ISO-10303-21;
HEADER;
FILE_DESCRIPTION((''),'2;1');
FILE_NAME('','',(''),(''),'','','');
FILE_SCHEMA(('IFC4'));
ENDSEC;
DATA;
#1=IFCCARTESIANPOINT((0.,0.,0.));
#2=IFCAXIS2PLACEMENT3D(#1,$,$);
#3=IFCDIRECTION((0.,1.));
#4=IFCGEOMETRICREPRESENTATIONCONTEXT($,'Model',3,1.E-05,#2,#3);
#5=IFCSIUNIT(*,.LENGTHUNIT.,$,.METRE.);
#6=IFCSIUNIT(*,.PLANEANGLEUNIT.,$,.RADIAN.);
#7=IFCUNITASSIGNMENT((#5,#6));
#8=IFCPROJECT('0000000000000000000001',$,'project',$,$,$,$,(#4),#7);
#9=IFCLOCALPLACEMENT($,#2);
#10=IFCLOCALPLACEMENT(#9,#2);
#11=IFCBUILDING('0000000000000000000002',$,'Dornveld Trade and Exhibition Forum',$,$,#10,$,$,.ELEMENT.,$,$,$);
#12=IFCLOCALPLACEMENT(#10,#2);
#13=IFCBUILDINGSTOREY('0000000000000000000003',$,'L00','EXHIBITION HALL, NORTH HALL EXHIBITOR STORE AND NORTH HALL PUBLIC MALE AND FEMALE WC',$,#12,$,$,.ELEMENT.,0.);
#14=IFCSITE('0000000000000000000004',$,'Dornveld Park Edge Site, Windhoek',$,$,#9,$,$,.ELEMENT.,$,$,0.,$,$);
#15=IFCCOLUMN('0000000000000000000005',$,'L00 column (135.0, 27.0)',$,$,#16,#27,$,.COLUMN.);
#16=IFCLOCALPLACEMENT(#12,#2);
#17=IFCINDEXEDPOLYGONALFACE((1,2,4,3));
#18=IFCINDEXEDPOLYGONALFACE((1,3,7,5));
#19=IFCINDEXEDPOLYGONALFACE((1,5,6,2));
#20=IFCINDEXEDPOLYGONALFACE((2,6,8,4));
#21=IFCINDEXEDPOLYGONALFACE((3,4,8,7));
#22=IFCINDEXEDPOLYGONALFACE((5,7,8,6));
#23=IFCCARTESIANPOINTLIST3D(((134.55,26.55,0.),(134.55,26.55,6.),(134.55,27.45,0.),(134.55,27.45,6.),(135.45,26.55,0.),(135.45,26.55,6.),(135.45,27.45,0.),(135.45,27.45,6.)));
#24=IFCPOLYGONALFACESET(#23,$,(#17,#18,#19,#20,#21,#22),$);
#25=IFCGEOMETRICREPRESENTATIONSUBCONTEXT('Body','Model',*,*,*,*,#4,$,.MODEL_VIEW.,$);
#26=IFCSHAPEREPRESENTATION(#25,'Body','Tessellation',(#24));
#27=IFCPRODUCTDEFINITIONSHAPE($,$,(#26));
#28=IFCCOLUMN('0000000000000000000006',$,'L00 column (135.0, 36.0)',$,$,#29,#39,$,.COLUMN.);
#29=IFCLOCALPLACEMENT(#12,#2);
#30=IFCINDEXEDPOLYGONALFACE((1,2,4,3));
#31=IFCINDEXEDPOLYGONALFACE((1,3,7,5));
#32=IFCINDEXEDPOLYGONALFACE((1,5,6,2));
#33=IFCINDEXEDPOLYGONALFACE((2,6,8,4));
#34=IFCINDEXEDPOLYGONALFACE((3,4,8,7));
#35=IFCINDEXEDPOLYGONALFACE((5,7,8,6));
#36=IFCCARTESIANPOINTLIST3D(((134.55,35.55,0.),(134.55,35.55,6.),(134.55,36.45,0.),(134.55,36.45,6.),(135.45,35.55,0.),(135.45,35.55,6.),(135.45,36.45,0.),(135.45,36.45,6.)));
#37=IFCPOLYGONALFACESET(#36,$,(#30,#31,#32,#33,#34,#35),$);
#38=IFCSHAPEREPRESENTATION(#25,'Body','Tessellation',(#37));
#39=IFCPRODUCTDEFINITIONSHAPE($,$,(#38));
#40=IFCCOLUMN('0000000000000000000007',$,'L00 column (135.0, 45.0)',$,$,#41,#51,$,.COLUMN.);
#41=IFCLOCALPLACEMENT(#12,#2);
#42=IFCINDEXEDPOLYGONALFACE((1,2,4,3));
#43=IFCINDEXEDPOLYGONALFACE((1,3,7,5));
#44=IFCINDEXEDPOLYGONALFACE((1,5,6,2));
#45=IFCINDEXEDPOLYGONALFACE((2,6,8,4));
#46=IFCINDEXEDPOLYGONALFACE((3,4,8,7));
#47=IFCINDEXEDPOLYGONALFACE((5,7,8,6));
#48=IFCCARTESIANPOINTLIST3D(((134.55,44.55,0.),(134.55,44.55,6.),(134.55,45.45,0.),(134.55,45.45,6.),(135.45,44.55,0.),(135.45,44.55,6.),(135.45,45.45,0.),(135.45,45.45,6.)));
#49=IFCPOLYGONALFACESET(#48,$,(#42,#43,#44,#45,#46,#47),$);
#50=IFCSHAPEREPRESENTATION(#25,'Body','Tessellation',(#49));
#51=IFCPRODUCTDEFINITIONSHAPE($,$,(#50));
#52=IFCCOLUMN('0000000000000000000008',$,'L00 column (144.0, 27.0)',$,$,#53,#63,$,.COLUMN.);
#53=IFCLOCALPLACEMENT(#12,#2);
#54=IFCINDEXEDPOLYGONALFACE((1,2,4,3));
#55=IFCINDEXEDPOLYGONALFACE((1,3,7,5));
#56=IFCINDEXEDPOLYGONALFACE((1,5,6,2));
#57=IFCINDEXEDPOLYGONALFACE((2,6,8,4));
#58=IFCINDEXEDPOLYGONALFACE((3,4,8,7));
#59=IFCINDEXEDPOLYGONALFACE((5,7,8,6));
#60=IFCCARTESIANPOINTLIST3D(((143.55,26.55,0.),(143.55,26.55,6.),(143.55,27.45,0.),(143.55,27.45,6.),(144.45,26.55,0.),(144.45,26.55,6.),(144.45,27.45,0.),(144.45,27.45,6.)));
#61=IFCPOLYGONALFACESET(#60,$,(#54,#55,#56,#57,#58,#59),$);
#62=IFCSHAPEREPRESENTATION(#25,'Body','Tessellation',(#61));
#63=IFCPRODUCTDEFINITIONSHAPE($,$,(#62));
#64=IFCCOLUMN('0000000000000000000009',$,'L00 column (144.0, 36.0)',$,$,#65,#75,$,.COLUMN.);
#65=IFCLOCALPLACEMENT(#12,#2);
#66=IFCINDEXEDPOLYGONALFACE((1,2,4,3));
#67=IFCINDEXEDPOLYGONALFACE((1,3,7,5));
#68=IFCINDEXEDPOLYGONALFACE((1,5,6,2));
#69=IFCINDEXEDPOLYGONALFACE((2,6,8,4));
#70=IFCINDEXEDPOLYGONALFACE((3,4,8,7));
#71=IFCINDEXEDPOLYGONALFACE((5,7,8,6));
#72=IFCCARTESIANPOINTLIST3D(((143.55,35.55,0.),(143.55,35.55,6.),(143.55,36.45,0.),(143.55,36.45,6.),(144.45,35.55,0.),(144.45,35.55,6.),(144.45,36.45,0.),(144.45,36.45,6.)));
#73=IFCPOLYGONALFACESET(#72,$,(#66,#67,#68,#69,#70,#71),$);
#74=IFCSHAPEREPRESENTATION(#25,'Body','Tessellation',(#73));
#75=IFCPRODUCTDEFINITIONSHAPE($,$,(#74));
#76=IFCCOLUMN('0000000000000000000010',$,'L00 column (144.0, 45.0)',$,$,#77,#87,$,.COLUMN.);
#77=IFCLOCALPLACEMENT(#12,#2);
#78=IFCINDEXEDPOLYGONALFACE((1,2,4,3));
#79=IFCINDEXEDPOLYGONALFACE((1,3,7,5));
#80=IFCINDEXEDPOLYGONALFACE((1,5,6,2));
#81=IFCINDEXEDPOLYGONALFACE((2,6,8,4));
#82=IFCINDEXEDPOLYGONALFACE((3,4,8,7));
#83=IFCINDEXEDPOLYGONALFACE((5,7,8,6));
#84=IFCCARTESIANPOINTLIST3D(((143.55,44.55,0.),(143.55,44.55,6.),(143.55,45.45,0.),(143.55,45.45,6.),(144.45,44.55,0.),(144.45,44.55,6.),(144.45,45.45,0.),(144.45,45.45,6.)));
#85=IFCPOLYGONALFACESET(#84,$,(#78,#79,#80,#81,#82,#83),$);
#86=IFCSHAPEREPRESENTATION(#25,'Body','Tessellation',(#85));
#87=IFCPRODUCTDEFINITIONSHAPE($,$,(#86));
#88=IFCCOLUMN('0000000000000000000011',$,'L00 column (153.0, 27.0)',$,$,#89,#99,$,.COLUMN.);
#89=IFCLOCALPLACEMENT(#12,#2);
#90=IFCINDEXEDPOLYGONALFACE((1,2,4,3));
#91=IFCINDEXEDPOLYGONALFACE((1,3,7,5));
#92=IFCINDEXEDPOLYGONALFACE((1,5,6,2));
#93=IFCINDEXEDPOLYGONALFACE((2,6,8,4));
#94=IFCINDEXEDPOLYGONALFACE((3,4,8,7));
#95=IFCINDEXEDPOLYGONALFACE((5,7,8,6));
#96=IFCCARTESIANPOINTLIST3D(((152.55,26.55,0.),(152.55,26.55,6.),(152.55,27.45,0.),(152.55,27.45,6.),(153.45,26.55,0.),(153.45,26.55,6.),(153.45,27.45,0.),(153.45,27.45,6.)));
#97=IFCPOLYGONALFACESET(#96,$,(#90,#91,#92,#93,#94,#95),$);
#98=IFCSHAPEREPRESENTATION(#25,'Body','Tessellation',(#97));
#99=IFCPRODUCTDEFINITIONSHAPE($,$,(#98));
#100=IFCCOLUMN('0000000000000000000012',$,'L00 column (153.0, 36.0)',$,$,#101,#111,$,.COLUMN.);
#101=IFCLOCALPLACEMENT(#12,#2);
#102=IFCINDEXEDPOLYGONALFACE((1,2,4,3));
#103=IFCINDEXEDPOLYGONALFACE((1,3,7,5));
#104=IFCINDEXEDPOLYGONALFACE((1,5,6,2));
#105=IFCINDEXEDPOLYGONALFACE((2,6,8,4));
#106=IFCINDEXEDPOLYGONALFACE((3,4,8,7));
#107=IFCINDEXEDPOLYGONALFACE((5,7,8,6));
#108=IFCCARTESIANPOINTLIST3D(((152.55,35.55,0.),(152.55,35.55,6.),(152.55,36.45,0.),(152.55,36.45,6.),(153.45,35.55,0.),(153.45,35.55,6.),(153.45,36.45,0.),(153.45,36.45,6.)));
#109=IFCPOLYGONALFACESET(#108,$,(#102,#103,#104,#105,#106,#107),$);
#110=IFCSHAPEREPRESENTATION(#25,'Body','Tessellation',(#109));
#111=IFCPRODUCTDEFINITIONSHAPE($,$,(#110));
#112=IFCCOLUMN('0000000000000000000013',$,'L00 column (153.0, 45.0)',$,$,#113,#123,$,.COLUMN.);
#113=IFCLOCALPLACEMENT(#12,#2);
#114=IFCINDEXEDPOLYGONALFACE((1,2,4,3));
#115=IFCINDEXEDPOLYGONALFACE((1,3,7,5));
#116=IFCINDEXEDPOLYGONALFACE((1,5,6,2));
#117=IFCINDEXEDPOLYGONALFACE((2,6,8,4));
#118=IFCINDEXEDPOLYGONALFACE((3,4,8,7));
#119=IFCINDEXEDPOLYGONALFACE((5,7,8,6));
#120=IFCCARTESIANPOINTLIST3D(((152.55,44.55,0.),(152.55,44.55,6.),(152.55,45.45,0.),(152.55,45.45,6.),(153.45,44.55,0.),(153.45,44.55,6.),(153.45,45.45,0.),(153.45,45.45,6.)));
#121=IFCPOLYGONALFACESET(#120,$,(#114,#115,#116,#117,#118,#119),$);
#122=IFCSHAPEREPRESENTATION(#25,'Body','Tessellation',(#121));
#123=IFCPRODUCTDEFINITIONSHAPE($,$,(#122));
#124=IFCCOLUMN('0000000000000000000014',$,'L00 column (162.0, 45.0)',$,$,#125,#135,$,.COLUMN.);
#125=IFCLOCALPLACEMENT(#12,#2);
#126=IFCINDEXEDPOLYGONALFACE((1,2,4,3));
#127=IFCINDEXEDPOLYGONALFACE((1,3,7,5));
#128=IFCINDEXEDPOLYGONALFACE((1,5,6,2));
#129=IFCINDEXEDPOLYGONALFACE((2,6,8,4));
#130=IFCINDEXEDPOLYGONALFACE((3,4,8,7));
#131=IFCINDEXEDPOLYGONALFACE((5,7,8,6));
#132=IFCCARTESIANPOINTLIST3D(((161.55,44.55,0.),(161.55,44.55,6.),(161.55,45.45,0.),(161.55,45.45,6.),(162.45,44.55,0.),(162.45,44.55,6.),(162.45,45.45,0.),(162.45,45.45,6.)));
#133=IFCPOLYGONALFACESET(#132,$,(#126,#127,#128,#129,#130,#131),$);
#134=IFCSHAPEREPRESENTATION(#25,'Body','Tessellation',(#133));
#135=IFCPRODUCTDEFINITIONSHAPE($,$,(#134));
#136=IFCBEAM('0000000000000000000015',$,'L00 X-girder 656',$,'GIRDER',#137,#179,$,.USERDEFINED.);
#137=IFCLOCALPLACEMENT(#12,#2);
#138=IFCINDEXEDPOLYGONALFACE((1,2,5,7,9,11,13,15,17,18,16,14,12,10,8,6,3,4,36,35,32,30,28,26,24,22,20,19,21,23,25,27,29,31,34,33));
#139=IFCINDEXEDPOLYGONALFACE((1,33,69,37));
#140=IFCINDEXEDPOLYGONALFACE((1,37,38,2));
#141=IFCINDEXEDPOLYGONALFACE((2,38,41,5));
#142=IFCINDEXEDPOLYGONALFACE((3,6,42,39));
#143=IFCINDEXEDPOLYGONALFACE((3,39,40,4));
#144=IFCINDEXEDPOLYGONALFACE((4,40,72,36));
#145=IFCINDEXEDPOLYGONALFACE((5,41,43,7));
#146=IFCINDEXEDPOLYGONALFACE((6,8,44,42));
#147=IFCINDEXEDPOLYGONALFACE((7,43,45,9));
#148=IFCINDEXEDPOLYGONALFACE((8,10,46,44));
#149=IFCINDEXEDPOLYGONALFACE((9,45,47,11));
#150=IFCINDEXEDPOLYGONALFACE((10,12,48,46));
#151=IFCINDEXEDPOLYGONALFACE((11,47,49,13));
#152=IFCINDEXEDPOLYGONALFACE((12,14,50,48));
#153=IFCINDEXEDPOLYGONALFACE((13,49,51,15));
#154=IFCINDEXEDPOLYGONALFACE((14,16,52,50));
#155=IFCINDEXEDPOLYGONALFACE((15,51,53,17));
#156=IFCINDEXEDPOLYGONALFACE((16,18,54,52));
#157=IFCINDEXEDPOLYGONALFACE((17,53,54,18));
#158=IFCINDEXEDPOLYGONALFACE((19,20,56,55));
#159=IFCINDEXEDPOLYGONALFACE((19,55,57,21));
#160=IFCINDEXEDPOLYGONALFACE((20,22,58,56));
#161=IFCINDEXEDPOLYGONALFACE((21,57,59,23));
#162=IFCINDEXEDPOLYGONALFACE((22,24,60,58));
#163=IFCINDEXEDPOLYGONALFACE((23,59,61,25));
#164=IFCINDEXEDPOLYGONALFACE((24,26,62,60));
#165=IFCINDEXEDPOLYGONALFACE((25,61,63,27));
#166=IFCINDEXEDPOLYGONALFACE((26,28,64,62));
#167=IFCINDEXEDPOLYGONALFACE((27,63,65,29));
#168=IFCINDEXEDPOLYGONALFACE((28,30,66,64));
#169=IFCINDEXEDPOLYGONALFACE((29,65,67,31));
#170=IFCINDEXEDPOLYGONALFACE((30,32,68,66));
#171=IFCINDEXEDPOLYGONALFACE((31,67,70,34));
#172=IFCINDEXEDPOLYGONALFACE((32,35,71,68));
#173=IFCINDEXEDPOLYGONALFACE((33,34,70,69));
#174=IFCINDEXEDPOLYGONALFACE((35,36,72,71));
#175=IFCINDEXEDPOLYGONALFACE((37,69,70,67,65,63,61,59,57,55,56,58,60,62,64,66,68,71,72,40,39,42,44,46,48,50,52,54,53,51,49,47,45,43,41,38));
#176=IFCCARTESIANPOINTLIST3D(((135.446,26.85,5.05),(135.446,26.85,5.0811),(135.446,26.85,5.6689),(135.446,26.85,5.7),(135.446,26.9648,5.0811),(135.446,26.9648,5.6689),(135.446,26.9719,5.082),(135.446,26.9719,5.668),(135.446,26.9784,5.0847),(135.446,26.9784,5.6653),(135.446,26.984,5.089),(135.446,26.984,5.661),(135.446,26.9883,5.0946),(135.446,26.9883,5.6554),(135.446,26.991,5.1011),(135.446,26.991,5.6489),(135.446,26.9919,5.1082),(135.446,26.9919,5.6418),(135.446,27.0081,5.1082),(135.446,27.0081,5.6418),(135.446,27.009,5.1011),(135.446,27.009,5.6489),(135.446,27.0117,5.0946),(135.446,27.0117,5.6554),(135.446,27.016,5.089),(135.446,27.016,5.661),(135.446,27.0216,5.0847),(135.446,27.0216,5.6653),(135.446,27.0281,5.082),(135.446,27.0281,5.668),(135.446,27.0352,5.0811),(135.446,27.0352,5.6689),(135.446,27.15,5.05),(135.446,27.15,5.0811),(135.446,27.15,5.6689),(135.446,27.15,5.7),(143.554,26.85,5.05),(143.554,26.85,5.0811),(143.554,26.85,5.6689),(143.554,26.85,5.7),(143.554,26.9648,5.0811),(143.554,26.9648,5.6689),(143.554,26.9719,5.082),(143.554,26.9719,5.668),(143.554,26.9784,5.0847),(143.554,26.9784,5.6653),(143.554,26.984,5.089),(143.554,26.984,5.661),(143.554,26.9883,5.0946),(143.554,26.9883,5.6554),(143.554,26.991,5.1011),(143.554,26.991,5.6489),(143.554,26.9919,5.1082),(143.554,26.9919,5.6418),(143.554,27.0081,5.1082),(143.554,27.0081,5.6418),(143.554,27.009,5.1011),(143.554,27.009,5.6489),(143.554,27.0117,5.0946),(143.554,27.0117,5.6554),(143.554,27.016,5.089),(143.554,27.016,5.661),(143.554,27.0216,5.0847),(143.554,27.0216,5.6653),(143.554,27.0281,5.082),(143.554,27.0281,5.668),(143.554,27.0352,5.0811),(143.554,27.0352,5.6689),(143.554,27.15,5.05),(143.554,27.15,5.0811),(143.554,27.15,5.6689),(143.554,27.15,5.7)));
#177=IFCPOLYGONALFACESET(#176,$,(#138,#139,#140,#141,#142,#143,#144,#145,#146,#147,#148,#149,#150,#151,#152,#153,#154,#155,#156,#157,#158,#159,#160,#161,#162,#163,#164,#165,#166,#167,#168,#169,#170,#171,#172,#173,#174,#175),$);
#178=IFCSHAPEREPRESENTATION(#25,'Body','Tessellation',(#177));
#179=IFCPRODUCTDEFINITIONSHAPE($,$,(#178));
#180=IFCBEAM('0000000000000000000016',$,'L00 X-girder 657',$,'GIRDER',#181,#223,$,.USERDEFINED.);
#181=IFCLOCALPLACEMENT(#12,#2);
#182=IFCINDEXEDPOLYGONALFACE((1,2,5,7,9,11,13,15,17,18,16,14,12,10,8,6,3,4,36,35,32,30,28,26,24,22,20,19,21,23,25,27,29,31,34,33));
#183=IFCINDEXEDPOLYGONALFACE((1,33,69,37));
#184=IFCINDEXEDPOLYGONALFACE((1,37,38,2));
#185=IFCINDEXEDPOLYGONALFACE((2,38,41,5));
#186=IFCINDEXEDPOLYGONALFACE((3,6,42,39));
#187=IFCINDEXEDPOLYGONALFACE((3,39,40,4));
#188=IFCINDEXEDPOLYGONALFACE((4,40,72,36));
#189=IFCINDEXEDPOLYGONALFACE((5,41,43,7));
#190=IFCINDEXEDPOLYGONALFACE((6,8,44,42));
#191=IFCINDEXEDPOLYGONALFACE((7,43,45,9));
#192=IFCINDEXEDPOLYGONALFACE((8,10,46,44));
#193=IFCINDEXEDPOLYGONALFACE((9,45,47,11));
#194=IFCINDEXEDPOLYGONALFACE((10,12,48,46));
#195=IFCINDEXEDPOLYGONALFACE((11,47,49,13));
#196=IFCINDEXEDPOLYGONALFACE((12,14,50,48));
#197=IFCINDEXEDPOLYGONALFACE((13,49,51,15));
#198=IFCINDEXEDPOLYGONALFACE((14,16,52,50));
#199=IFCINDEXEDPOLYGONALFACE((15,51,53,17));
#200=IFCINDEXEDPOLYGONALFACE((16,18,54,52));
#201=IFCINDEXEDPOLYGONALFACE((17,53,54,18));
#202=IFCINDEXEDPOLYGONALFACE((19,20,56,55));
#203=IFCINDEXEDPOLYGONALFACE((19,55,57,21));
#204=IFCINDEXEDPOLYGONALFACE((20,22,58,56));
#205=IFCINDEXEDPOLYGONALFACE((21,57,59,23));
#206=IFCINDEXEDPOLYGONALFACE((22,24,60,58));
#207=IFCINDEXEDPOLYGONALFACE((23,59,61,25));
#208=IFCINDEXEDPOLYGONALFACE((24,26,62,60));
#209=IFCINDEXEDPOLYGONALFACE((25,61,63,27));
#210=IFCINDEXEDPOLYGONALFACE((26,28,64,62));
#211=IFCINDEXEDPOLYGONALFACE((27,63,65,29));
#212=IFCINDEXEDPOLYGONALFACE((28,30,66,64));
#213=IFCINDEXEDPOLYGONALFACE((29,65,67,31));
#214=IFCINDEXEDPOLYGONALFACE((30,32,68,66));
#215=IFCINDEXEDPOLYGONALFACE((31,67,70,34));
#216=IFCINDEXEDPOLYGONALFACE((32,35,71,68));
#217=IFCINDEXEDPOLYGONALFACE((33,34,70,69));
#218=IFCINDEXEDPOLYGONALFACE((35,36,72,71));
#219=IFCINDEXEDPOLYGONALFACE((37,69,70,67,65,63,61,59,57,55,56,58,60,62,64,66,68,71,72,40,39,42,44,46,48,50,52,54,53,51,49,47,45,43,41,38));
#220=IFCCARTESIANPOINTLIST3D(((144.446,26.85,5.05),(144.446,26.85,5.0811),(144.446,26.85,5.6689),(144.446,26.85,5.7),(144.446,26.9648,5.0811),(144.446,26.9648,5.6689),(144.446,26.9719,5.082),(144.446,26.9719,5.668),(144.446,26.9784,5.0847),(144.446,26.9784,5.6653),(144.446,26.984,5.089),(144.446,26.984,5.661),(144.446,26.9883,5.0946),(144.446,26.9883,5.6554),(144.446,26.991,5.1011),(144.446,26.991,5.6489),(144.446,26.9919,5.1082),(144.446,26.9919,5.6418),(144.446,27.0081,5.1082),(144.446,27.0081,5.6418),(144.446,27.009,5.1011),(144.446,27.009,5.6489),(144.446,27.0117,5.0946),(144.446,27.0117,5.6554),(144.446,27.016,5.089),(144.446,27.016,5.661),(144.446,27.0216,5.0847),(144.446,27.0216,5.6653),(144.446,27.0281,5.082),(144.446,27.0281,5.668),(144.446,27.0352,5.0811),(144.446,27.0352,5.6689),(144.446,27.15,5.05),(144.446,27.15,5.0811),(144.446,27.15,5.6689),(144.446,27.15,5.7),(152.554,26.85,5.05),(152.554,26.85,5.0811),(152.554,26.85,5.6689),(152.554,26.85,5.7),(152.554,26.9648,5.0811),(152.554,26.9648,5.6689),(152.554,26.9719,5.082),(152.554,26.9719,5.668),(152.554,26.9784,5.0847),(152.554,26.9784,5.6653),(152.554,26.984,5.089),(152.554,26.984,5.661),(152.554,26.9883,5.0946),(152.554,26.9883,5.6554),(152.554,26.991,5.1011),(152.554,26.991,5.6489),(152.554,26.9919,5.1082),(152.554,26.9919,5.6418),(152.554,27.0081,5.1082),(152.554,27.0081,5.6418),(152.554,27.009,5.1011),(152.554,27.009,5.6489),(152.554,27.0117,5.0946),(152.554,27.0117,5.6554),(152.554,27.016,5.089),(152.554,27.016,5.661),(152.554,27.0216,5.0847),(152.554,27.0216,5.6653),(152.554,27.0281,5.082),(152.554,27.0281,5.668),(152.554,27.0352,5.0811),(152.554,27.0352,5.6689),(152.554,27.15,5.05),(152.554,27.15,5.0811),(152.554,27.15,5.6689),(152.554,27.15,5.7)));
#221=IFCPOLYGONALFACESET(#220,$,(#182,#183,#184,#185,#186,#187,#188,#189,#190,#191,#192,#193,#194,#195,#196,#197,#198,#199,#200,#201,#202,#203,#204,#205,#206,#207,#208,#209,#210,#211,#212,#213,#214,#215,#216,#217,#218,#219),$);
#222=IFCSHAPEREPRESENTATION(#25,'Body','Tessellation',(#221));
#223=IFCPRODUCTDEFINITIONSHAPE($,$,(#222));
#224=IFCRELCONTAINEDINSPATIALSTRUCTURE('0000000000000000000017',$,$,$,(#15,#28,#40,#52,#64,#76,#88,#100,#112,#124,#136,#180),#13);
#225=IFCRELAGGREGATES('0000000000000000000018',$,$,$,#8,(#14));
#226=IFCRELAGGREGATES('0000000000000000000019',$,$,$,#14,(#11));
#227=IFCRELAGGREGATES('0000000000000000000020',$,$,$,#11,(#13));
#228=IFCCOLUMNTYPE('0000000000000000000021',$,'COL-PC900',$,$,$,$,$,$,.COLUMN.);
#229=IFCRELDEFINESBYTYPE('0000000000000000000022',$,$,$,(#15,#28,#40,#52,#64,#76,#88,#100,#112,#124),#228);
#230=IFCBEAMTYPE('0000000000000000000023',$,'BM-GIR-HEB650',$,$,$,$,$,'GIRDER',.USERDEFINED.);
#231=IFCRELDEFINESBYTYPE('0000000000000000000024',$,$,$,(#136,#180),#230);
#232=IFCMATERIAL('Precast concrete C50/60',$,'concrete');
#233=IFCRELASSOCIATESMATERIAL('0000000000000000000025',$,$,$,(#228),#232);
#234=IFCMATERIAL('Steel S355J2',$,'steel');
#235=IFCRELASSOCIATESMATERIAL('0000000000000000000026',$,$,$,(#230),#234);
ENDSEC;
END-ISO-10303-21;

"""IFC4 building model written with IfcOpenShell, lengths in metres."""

from ifc_helpers import new_model, si_unit, direction, frame, origin, origin_2d, place, context, subcontext, project, spatial, rectangle, i_section, extrude, material, material_profile, profile_set, type_object, element, save


model = new_model("IFC4")

# Units and contexts
model_context = context("Model", 3, precision=1e-05, world=origin(), true_north=direction((0.0, 1.0)))
body_context = subcontext(model_context, "Body", "Model", "MODEL_VIEW")
ifc_project = project(units=[si_unit("LENGTHUNIT", "METRE"), si_unit("PLANEANGLEUNIT", "RADIAN")], contexts=[model_context])

# Site, building, storey
site_placement = place(None, origin())
site = spatial("IfcSite", under=ifc_project, at=site_placement, Name="Dornveld Park Edge Site, Windhoek", CompositionType="ELEMENT", RefElevation=0.0)
building_placement = place(site_placement, origin())
building = spatial("IfcBuilding", under=site, at=building_placement, Name="Dornveld Trade and Exhibition Forum", CompositionType="ELEMENT")
storey_placement = place(building_placement, origin())
storey = spatial("IfcBuildingStorey", under=building, at=storey_placement, Name="L00", Description="EXHIBITION HALL, NORTH HALL EXHIBITOR STORE AND NORTH HALL PUBLIC MALE AND FEMALE WC", CompositionType="ELEMENT", Elevation=0.0)

# Columns
ifc_material_1 = material(Name="Precast concrete C50/60", Category="concrete")
ifc_material_profile_1 = material_profile(ifc_material_1, rectangle(XDim=0.8999, YDim=0.8999, at=origin_2d()), Name="PC-COL 900x900")
ifc_profile_set_1 = profile_set([ifc_material_profile_1], Name="Precast concrete C50/60")
column_type = type_object("IfcColumnType", Name="COL-PC900", PredefinedType="COLUMN", material=ifc_profile_set_1)
for number, where, z_axis, x_axis, name in (
    (1, (135.0, 27.0, 0.0), (0.0, 0.0, 1.0), (1.0, 0.0, 0.0), "L00 column (135.0, 27.0)"),
    (2, (135.0, 36.0, 0.0), (0.0, 0.0, 1.0), (1.0, 0.0, 0.0), "L00 column (135.0, 36.0)"),
    (3, (135.0, 45.0, 0.0), (0.0, 0.0, 1.0), (1.0, 0.0, 0.0), "L00 column (135.0, 45.0)"),
    (4, (144.0, 27.0, 0.0), (0.0, 0.0, 1.0), (1.0, 0.0, 0.0), "L00 column (144.0, 27.0)"),
    (5, (144.0, 36.0, 0.0), (0.0, 0.0, 1.0), (1.0, 0.0, 0.0), "L00 column (144.0, 36.0)"),
    (6, (144.0, 45.0, 0.0), (0.0, 0.0, 1.0), (1.0, 0.0, 0.0), "L00 column (144.0, 45.0)"),
    (7, (153.0, 27.0, 0.0), (0.0, 0.0, 1.0), (1.0, 0.0, 0.0), "L00 column (153.0, 27.0)"),
    (8, (153.0, 36.0, 0.0), (0.0, 0.0, 1.0), (1.0, 0.0, 0.0), "L00 column (153.0, 36.0)"),
    (9, (153.0, 45.0, 0.0), (0.0, 0.0, 1.0), (1.0, 0.0, 0.0), "L00 column (153.0, 45.0)"),
    (10, (162.0, 45.0, 0.0), (0.0, 0.0, 1.0), (1.0, 0.0, 0.0), "L00 column (162.0, 45.0)"),
):
    element("IfcColumn", number, at=place(storey_placement, frame(where, z_axis=z_axis, x_axis=x_axis)), inside=storey, type_object=column_type, Name=name, PredefinedType="COLUMN", context=body_context, shape_type="SweptSolid", body=[
        extrude(rectangle(XDim=0.8999, YDim=0.8999, at=origin_2d()), origin(), (0.0, 0.0, 1.0), 6.0),
    ])

# Beams
ifc_material_2 = material(Name="Steel S355J2", Category="steel")
ifc_material_profile_2 = material_profile(ifc_material_2, i_section(OverallWidth=0.3, OverallDepth=0.6499, WebThickness=0.0161, FlangeThickness=0.031, FilletRadius=0.0271, at=origin_2d()), Name="HEB 650")
ifc_profile_set_2 = profile_set([ifc_material_profile_2], Name="Steel S355J2")
beam_type_1 = type_object("IfcBeamType", Name="BM-GIR-HEB650", ElementType="GIRDER", PredefinedType="USERDEFINED", material=ifc_profile_set_2)
for number, where, z_axis, x_axis, name in (
    (11, (135.446, 27.0, 5.375), (1.0, 0.0, 0.0), (0.0, 1.0, 0.0), "L00 X-girder 656"),
    (12, (144.446, 27.0, 5.375), (1.0, 0.0, 0.0), (0.0, 1.0, 0.0), "L00 X-girder 657"),
):
    element("IfcBeam", number, at=place(storey_placement, frame(where, z_axis=z_axis, x_axis=x_axis)), inside=storey, type_object=beam_type_1, Name=name, ObjectType="GIRDER", PredefinedType="USERDEFINED", context=body_context, shape_type="SweptSolid", body=[
        extrude(i_section(OverallWidth=0.3, OverallDepth=0.6499, WebThickness=0.0161, FlangeThickness=0.031, FilletRadius=0.0271, at=origin_2d()), origin(), (0.0, 0.0, 1.0), 8.1079),
    ])

save(model, "model.ifc")
